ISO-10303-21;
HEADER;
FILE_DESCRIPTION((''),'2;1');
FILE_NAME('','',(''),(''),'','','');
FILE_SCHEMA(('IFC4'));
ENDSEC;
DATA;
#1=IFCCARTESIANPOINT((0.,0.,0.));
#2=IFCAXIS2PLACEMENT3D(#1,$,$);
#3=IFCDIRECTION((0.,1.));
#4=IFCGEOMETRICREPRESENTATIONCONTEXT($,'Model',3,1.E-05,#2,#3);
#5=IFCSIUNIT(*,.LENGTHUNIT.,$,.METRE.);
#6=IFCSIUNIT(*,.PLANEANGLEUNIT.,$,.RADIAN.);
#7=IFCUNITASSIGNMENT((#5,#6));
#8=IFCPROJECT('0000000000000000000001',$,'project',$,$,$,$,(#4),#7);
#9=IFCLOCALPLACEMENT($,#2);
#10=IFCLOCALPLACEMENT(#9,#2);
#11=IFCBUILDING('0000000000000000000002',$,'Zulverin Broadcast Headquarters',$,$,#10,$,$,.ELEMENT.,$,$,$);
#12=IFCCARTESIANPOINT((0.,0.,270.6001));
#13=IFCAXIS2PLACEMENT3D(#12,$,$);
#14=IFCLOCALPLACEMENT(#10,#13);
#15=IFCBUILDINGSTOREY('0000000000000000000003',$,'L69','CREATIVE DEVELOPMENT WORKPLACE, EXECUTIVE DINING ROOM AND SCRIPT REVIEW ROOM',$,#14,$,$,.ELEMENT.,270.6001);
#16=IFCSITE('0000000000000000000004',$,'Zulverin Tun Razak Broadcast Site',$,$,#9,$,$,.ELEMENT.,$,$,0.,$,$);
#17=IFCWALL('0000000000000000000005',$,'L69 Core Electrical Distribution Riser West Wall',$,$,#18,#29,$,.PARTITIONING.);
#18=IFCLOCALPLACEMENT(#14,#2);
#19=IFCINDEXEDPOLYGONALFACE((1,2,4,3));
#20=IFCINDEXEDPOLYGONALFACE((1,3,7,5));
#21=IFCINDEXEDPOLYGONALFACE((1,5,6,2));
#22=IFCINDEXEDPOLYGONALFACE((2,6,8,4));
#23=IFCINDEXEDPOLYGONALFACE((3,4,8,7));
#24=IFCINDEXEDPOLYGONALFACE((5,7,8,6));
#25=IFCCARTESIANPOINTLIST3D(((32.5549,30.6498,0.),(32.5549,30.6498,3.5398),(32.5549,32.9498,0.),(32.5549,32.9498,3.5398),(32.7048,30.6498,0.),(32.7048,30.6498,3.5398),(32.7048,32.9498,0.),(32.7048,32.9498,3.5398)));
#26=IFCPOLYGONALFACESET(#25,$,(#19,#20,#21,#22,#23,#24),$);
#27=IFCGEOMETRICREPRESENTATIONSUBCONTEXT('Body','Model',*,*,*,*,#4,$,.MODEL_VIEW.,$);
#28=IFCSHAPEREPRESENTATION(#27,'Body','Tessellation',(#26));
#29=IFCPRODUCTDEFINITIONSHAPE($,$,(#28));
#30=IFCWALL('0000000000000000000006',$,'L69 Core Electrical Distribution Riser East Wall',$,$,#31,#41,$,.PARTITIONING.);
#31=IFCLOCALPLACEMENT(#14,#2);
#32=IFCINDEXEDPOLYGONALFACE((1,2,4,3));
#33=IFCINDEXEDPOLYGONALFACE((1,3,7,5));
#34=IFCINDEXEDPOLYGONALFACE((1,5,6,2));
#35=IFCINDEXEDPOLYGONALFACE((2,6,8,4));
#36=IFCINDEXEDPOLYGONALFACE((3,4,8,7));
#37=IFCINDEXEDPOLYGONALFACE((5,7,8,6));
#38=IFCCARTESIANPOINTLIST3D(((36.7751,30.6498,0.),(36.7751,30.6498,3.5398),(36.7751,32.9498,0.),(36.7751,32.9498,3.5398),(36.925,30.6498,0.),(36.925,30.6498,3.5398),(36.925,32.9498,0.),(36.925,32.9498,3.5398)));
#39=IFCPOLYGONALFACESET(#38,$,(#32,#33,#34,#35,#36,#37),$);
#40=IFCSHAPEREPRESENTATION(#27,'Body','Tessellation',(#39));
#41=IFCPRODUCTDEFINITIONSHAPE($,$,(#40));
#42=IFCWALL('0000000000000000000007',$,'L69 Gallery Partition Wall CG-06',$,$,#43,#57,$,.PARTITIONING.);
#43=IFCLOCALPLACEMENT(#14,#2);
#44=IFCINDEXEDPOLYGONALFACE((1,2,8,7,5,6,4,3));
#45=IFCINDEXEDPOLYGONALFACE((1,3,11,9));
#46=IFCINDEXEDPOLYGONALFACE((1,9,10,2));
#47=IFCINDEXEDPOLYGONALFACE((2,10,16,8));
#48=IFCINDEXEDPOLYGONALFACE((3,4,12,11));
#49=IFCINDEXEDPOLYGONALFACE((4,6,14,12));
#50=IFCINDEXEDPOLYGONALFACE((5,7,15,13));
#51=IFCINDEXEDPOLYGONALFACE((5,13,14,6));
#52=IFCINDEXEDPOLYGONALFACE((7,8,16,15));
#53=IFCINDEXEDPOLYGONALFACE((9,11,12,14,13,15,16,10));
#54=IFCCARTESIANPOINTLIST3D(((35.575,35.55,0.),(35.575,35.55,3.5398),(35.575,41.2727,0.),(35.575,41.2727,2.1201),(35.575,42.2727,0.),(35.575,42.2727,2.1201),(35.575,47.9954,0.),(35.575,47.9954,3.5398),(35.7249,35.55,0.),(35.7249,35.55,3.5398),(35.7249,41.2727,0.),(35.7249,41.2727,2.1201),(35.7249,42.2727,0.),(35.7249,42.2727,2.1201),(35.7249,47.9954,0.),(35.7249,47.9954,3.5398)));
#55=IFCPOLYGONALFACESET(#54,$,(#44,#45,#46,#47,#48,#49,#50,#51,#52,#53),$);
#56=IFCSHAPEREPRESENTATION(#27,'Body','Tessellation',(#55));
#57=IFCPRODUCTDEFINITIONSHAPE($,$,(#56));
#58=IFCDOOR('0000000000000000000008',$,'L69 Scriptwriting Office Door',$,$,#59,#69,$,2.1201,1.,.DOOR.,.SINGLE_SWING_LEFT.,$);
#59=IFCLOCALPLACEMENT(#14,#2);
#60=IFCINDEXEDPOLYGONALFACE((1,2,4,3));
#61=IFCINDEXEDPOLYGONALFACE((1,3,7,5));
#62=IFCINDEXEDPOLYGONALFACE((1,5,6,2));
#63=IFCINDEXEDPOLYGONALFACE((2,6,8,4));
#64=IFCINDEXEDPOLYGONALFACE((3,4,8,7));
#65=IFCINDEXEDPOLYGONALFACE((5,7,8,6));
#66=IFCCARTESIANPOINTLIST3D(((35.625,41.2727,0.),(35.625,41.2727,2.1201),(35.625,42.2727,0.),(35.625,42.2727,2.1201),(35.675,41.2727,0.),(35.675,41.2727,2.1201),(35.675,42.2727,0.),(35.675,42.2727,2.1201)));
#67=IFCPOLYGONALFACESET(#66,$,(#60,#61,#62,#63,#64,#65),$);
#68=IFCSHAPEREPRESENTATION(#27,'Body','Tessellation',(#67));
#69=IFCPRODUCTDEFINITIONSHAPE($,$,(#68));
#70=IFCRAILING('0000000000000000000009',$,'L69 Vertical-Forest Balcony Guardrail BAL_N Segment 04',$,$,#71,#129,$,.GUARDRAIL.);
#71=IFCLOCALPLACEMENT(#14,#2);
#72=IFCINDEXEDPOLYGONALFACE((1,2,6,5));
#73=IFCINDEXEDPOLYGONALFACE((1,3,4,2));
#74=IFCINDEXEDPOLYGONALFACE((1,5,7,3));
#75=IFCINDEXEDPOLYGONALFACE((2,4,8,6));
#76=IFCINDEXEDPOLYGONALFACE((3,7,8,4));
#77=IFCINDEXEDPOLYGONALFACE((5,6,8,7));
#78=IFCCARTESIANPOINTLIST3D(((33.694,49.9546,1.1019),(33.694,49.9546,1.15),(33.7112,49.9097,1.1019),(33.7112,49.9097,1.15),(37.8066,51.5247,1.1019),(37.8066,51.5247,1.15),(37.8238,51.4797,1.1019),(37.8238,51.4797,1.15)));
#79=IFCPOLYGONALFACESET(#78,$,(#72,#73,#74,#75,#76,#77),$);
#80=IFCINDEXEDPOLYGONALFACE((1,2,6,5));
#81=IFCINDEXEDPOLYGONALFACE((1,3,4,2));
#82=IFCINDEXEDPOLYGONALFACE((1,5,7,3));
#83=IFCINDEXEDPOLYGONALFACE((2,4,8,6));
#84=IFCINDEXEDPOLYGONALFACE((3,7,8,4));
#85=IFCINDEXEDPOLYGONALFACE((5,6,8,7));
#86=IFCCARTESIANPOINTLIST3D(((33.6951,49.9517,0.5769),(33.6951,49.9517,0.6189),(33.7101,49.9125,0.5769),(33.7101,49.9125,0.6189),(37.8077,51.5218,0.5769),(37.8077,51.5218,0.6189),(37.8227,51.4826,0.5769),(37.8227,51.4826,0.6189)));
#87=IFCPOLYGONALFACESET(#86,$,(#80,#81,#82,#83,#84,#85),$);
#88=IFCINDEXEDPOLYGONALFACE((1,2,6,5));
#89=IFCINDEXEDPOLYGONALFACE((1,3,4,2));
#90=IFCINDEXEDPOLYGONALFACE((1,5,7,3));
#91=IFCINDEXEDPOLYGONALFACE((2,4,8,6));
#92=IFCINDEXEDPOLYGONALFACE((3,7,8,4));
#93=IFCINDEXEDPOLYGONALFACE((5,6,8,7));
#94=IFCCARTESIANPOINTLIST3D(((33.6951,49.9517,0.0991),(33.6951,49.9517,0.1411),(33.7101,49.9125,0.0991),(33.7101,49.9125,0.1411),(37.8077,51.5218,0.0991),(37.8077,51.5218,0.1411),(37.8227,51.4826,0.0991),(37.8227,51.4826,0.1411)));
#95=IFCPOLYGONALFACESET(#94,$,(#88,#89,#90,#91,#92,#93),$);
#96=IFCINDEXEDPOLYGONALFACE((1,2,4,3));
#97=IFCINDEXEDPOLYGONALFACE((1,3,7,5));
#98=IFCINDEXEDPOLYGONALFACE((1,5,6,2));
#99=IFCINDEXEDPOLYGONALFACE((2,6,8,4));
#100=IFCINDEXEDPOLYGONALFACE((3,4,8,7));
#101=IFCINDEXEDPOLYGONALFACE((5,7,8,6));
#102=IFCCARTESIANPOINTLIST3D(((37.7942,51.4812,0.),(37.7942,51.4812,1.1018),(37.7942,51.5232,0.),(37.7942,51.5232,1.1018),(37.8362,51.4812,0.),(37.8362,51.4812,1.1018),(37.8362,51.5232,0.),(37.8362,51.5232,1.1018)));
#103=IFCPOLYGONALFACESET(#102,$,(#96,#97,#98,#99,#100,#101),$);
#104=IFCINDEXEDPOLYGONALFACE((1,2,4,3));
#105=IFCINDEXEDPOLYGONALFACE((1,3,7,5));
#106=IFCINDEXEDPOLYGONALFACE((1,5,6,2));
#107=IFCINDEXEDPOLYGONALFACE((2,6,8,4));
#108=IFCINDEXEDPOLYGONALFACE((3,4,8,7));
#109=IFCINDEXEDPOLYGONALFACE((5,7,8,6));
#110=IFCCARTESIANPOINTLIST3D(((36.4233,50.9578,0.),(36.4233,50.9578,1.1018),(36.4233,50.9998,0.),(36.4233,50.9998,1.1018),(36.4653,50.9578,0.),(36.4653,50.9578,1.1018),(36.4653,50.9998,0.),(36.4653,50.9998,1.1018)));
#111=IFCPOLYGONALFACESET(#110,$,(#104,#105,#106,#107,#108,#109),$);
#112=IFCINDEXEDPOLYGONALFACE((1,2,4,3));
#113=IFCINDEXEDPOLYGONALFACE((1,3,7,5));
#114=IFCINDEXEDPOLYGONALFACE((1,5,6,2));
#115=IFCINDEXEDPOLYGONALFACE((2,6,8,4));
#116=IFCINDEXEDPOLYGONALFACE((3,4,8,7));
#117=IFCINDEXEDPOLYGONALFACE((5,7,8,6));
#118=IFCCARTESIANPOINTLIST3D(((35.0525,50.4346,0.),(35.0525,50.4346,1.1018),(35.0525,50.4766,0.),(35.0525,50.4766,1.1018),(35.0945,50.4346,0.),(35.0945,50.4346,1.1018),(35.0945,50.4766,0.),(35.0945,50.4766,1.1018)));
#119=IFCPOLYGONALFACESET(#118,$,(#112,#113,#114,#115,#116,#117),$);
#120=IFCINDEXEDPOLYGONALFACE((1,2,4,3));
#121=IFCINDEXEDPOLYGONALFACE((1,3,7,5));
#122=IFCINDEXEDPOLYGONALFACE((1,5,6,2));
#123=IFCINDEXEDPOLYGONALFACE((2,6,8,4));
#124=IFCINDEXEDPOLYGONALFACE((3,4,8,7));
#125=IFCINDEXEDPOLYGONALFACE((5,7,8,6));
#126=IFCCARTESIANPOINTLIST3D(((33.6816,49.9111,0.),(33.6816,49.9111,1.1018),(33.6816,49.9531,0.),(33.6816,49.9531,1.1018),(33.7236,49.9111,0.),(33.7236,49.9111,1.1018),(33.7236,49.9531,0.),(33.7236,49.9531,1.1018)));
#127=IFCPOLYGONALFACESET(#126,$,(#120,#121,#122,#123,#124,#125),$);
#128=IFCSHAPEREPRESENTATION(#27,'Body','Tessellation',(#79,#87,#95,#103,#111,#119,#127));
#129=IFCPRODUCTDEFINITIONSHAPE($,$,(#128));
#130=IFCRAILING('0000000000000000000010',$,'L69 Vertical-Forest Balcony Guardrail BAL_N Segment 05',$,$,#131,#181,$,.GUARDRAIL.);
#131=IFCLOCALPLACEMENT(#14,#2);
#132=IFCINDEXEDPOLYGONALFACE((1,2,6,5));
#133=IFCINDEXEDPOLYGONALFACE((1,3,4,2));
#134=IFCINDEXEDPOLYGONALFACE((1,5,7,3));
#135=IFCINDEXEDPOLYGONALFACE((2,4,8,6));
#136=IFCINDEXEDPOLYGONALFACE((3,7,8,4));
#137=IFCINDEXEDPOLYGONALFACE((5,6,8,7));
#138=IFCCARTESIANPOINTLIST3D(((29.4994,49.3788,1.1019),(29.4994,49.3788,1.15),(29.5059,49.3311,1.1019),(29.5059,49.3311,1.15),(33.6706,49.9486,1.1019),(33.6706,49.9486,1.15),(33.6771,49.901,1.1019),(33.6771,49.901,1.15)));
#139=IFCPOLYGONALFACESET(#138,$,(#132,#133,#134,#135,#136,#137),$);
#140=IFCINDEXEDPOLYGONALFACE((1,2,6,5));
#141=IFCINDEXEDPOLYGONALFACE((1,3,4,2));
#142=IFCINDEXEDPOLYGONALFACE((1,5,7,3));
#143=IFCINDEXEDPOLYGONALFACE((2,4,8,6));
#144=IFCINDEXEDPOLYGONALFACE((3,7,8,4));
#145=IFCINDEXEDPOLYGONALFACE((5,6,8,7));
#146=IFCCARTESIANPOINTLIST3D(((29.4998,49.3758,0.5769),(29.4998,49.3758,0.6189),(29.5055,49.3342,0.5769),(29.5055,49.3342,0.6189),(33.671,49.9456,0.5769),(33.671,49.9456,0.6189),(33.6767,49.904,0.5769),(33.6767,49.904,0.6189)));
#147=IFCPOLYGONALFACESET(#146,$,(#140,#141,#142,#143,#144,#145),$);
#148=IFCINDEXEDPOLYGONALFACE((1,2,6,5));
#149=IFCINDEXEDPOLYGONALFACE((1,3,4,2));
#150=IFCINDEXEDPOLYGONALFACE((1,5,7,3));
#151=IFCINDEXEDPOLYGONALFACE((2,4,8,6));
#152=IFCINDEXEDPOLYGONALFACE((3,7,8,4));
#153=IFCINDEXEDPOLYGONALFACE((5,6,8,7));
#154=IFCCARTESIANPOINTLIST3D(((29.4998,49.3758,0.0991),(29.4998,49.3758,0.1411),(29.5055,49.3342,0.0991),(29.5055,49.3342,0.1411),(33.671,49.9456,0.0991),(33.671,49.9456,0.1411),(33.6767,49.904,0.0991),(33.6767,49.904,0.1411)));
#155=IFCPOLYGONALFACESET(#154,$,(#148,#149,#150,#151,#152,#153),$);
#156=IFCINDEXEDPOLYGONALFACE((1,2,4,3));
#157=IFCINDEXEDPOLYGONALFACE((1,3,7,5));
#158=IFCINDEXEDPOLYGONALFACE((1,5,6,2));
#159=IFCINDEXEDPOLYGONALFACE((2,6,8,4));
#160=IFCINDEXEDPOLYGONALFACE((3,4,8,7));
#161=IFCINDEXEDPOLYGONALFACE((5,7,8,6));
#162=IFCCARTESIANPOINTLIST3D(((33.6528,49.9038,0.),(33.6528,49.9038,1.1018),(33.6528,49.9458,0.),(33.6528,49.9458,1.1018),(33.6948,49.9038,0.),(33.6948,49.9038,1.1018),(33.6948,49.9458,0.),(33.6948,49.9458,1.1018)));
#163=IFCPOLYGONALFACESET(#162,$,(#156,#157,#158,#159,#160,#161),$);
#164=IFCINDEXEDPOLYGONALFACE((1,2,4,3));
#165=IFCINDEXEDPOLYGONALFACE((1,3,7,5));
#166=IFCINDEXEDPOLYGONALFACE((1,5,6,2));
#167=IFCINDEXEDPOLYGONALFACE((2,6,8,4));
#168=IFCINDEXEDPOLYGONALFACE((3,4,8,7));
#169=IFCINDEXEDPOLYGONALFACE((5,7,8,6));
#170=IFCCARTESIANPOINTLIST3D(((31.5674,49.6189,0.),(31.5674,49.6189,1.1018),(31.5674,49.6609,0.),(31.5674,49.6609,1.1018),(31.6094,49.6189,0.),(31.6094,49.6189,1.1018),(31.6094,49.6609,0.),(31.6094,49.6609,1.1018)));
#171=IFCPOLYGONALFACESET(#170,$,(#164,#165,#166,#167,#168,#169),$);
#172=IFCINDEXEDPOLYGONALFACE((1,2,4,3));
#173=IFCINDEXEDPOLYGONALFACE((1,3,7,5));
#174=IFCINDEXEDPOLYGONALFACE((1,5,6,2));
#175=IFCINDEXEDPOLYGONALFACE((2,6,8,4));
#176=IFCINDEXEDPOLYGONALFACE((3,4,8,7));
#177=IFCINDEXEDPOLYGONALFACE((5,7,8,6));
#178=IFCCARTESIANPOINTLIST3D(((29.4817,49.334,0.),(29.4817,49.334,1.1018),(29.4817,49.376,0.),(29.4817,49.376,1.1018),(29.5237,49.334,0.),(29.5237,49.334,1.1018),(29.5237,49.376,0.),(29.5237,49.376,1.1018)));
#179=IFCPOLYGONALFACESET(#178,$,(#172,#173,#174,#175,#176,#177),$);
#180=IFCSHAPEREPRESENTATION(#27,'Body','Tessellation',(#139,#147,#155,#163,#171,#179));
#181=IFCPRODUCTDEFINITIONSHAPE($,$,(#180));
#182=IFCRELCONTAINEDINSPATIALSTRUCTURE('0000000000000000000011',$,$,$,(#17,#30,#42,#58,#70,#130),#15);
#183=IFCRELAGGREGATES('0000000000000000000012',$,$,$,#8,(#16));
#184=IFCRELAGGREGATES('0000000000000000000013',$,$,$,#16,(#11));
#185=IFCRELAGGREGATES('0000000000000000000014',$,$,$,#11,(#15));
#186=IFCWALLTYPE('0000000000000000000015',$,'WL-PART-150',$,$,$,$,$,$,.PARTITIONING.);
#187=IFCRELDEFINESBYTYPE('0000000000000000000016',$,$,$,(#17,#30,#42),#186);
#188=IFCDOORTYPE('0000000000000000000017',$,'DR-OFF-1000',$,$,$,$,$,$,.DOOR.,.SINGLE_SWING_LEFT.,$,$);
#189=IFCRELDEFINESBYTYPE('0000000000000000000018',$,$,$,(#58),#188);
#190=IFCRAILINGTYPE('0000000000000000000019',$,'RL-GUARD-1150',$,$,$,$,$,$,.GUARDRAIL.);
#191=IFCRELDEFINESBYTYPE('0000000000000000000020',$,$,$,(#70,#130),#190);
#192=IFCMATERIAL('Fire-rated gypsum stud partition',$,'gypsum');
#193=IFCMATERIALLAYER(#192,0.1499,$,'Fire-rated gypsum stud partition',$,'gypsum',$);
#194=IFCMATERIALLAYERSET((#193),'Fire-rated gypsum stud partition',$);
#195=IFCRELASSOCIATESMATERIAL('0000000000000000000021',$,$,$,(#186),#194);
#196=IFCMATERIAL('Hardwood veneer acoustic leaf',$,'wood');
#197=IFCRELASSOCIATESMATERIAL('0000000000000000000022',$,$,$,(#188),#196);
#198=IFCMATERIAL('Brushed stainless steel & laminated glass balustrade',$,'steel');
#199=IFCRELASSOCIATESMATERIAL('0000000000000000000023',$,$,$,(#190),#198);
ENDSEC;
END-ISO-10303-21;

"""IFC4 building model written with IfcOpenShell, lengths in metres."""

from ifc_helpers import new_model, si_unit, direction, frame, frame_2d, origin, origin_2d, place, context, subcontext, project, spatial, rectangle, extrude, material, layer, layer_set, type_object, element, fill, save


model = new_model("IFC4")

# Units and contexts
model_context = context("Model", 3, precision=1e-05, world=origin(), true_north=direction((0.0, 1.0)))
body_context = subcontext(model_context, "Body", "Model", "MODEL_VIEW")
ifc_project = project(units=[si_unit("LENGTHUNIT", "METRE"), si_unit("PLANEANGLEUNIT", "RADIAN")], contexts=[model_context])

# Site, building, storey
site_placement = place(None, origin())
site = spatial("IfcSite", under=ifc_project, at=site_placement, Name="Zulverin Tun Razak Broadcast Site", CompositionType="ELEMENT", RefElevation=0.0)
building_placement = place(site_placement, origin())
building = spatial("IfcBuilding", under=site, at=building_placement, Name="Zulverin Broadcast Headquarters", CompositionType="ELEMENT")
storey_placement = place(building_placement, frame((0.0, 0.0, 270.6001)))
storey = spatial("IfcBuildingStorey", under=building, at=storey_placement, Name="L69", Description="CREATIVE DEVELOPMENT WORKPLACE, EXECUTIVE DINING ROOM AND SCRIPT REVIEW ROOM", CompositionType="ELEMENT", Elevation=270.6001)

# Shared definitions
ifc_material_1 = material(Name="Fire-rated gypsum stud partition", Category="gypsum")
ifc_layer_1 = layer(ifc_material_1, 0.1499, Name="Fire-rated gypsum stud partition", Category="gypsum")
ifc_layer_set_1 = layer_set([ifc_layer_1], Name="Fire-rated gypsum stud partition")
wall_type_1 = type_object("IfcWallType", Name="WL-PART-150", PredefinedType="PARTITIONING", material=ifc_layer_set_1)

# Walls
for number, where, z_axis, x_axis, name in (
    (1, (32.6299, 30.6499, 0.0), (0.0, 0.0, 1.0), (0.0, 1.0, 0.0), "L69 Core Electrical Distribution Riser West Wall"),
    (2, (36.8501, 30.6499, 0.0), (0.0, 0.0, 1.0), (0.0, 1.0, 0.0), "L69 Core Electrical Distribution Riser East Wall"),
):
    element("IfcWall", number, at=place(storey_placement, frame(where, z_axis=z_axis, x_axis=x_axis)), inside=storey, type_object=wall_type_1, Name=name, PredefinedType="PARTITIONING", context=body_context, shape_type="SweptSolid", body=[
        extrude(rectangle(XDim=2.3, YDim=0.1499, at=frame_2d((1.1499, 0.0))), origin(), (0.0, 0.0, 1.0), 3.5398),
    ])

# Wall, opening, door
wall_1_placement = place(storey_placement, frame((35.6499, 35.55, 0.0), z_axis=(0.0, 0.0, 1.0), x_axis=(0.0, 1.0, 0.0)))
wall_1 = element("IfcWall", 3, at=wall_1_placement, inside=storey, type_object=wall_type_1, Name="L69 Gallery Partition Wall CG-06", PredefinedType="PARTITIONING", context=body_context, shape_type="SweptSolid", body=[
    extrude(rectangle(XDim=12.4453, YDim=0.1499, at=frame_2d((6.2227, 0.0))), origin(), (0.0, 0.0, 1.0), 3.5398),
])
opening_1_placement = place(wall_1_placement, frame((5.7227, 0.0, 0.0)))
opening_1 = element("IfcOpeningElement", 4, at=opening_1_placement, cuts=wall_1, PredefinedType="OPENING", context=body_context, shape_type="SweptSolid", body=[
    extrude(rectangle(XDim=1.0, YDim=2.1201, at=frame_2d((0.5, 1.0601))), frame((0.0, 0.085, 0.0), z_axis=(0.0, -1.0, 0.0), x_axis=(1.0, 0.0, 0.0)), (0.0, 0.0, 1.0), 0.1699),
])
ifc_material_2 = material(Name="Hardwood veneer acoustic leaf", Category="wood")
door_type_1 = type_object("IfcDoorType", Name="DR-OFF-1000", OperationType="SINGLE_SWING_LEFT", PredefinedType="DOOR", material=ifc_material_2)
door_1_placement = place(opening_1_placement, origin())
door_1 = element("IfcDoor", 5, at=door_1_placement, inside=storey, type_object=door_type_1, Name="L69 Scriptwriting Office Door", OperationType="SINGLE_SWING_LEFT", OverallHeight=2.1201, OverallWidth=1.0, PredefinedType="DOOR", context=body_context, shape_type="SweptSolid", body=[
    extrude(rectangle(XDim=1.0, YDim=2.1201, at=frame_2d((0.5, 1.0601))), frame((0.0, 0.0249, 0.0), z_axis=(0.0, -1.0, 0.0), x_axis=(1.0, 0.0, 0.0)), (0.0, 0.0, 1.0), 0.05),
])
fill(opening_1, door_1)

# Railings
ifc_material_3 = material(Name="Brushed stainless steel & laminated glass balustrade", Category="steel")
railing_type = type_object("IfcRailingType", Name="RL-GUARD-1150", PredefinedType="GUARDRAIL", material=ifc_material_3)
railing_1_placement = place(storey_placement, frame((37.8152, 51.5022, 0.0)))
element("IfcRailing", 6, at=railing_1_placement, inside=storey, type_object=railing_type, Name="L69 Vertical-Forest Balcony Guardrail BAL_N Segment 04", PredefinedType="GUARDRAIL", context=body_context, shape_type="SweptSolid", body=[
    extrude(rectangle(XDim=0.0481, YDim=0.0481, at=origin_2d()), frame((0.0, 0.0, 1.126), z_axis=(-0.934232, -0.356666, 0.0), x_axis=(0.356666, -0.934232, 0.0)), (0.0, 0.0, 1.0), 4.4021),
    extrude(rectangle(XDim=0.042, YDim=0.042, at=origin_2d()), frame((0.0, 0.0, 0.5979), z_axis=(-0.934232, -0.356666, 0.0), x_axis=(0.356666, -0.934232, 0.0)), (0.0, 0.0, 1.0), 4.4021),
    extrude(rectangle(XDim=0.042, YDim=0.042, at=origin_2d()), frame((0.0, 0.0, 0.1201), z_axis=(-0.934232, -0.356666, 0.0), x_axis=(0.356666, -0.934232, 0.0)), (0.0, 0.0, 1.0), 4.4021),
    extrude(rectangle(XDim=0.042, YDim=0.042, at=origin_2d()), origin(), (0.0, 0.0, 1.0), 1.1018),
    extrude(rectangle(XDim=0.042, YDim=0.042, at=origin_2d()), frame((-1.3708, -0.5234, 0.0)), (0.0, 0.0, 1.0), 1.1018),
    extrude(rectangle(XDim=0.042, YDim=0.042, at=origin_2d()), frame((-2.7417, -1.0466, 0.0)), (0.0, 0.0, 1.0), 1.1018),
    extrude(rectangle(XDim=0.042, YDim=0.042, at=origin_2d()), frame((-4.1125, -1.5701, 0.0)), (0.0, 0.0, 1.0), 1.1018),
])
railing_2_placement = place(storey_placement, frame((33.6738, 49.9248, 0.0)))
element("IfcRailing", 7, at=railing_2_placement, inside=storey, type_object=railing_type, Name="L69 Vertical-Forest Balcony Guardrail BAL_N Segment 05", PredefinedType="GUARDRAIL", context=body_context, shape_type="SweptSolid", body=[
    extrude(rectangle(XDim=0.0481, YDim=0.0481, at=origin_2d()), frame((0.0, 0.0, 1.126), z_axis=(-0.990797, -0.135354, 0.0), x_axis=(0.135354, -0.990797, 0.0)), (0.0, 0.0, 1.0), 4.21),
    extrude(rectangle(XDim=0.042, YDim=0.042, at=origin_2d()), frame((0.0, 0.0, 0.5979), z_axis=(-0.990797, -0.135354, 0.0), x_axis=(0.135354, -0.990797, 0.0)), (0.0, 0.0, 1.0), 4.21),
    extrude(rectangle(XDim=0.042, YDim=0.042, at=origin_2d()), frame((0.0, 0.0, 0.1201), z_axis=(-0.990797, -0.135354, 0.0), x_axis=(0.135354, -0.990797, 0.0)), (0.0, 0.0, 1.0), 4.21),
    extrude(rectangle(XDim=0.042, YDim=0.042, at=origin_2d()), origin(), (0.0, 0.0, 1.0), 1.1018),
    extrude(rectangle(XDim=0.042, YDim=0.042, at=origin_2d()), frame((-2.0854, -0.2849, 0.0)), (0.0, 0.0, 1.0), 1.1018),
    extrude(rectangle(XDim=0.042, YDim=0.042, at=origin_2d()), frame((-4.1711, -0.5698, 0.0)), (0.0, 0.0, 1.0), 1.1018),
])

save(model, "model.ifc")
